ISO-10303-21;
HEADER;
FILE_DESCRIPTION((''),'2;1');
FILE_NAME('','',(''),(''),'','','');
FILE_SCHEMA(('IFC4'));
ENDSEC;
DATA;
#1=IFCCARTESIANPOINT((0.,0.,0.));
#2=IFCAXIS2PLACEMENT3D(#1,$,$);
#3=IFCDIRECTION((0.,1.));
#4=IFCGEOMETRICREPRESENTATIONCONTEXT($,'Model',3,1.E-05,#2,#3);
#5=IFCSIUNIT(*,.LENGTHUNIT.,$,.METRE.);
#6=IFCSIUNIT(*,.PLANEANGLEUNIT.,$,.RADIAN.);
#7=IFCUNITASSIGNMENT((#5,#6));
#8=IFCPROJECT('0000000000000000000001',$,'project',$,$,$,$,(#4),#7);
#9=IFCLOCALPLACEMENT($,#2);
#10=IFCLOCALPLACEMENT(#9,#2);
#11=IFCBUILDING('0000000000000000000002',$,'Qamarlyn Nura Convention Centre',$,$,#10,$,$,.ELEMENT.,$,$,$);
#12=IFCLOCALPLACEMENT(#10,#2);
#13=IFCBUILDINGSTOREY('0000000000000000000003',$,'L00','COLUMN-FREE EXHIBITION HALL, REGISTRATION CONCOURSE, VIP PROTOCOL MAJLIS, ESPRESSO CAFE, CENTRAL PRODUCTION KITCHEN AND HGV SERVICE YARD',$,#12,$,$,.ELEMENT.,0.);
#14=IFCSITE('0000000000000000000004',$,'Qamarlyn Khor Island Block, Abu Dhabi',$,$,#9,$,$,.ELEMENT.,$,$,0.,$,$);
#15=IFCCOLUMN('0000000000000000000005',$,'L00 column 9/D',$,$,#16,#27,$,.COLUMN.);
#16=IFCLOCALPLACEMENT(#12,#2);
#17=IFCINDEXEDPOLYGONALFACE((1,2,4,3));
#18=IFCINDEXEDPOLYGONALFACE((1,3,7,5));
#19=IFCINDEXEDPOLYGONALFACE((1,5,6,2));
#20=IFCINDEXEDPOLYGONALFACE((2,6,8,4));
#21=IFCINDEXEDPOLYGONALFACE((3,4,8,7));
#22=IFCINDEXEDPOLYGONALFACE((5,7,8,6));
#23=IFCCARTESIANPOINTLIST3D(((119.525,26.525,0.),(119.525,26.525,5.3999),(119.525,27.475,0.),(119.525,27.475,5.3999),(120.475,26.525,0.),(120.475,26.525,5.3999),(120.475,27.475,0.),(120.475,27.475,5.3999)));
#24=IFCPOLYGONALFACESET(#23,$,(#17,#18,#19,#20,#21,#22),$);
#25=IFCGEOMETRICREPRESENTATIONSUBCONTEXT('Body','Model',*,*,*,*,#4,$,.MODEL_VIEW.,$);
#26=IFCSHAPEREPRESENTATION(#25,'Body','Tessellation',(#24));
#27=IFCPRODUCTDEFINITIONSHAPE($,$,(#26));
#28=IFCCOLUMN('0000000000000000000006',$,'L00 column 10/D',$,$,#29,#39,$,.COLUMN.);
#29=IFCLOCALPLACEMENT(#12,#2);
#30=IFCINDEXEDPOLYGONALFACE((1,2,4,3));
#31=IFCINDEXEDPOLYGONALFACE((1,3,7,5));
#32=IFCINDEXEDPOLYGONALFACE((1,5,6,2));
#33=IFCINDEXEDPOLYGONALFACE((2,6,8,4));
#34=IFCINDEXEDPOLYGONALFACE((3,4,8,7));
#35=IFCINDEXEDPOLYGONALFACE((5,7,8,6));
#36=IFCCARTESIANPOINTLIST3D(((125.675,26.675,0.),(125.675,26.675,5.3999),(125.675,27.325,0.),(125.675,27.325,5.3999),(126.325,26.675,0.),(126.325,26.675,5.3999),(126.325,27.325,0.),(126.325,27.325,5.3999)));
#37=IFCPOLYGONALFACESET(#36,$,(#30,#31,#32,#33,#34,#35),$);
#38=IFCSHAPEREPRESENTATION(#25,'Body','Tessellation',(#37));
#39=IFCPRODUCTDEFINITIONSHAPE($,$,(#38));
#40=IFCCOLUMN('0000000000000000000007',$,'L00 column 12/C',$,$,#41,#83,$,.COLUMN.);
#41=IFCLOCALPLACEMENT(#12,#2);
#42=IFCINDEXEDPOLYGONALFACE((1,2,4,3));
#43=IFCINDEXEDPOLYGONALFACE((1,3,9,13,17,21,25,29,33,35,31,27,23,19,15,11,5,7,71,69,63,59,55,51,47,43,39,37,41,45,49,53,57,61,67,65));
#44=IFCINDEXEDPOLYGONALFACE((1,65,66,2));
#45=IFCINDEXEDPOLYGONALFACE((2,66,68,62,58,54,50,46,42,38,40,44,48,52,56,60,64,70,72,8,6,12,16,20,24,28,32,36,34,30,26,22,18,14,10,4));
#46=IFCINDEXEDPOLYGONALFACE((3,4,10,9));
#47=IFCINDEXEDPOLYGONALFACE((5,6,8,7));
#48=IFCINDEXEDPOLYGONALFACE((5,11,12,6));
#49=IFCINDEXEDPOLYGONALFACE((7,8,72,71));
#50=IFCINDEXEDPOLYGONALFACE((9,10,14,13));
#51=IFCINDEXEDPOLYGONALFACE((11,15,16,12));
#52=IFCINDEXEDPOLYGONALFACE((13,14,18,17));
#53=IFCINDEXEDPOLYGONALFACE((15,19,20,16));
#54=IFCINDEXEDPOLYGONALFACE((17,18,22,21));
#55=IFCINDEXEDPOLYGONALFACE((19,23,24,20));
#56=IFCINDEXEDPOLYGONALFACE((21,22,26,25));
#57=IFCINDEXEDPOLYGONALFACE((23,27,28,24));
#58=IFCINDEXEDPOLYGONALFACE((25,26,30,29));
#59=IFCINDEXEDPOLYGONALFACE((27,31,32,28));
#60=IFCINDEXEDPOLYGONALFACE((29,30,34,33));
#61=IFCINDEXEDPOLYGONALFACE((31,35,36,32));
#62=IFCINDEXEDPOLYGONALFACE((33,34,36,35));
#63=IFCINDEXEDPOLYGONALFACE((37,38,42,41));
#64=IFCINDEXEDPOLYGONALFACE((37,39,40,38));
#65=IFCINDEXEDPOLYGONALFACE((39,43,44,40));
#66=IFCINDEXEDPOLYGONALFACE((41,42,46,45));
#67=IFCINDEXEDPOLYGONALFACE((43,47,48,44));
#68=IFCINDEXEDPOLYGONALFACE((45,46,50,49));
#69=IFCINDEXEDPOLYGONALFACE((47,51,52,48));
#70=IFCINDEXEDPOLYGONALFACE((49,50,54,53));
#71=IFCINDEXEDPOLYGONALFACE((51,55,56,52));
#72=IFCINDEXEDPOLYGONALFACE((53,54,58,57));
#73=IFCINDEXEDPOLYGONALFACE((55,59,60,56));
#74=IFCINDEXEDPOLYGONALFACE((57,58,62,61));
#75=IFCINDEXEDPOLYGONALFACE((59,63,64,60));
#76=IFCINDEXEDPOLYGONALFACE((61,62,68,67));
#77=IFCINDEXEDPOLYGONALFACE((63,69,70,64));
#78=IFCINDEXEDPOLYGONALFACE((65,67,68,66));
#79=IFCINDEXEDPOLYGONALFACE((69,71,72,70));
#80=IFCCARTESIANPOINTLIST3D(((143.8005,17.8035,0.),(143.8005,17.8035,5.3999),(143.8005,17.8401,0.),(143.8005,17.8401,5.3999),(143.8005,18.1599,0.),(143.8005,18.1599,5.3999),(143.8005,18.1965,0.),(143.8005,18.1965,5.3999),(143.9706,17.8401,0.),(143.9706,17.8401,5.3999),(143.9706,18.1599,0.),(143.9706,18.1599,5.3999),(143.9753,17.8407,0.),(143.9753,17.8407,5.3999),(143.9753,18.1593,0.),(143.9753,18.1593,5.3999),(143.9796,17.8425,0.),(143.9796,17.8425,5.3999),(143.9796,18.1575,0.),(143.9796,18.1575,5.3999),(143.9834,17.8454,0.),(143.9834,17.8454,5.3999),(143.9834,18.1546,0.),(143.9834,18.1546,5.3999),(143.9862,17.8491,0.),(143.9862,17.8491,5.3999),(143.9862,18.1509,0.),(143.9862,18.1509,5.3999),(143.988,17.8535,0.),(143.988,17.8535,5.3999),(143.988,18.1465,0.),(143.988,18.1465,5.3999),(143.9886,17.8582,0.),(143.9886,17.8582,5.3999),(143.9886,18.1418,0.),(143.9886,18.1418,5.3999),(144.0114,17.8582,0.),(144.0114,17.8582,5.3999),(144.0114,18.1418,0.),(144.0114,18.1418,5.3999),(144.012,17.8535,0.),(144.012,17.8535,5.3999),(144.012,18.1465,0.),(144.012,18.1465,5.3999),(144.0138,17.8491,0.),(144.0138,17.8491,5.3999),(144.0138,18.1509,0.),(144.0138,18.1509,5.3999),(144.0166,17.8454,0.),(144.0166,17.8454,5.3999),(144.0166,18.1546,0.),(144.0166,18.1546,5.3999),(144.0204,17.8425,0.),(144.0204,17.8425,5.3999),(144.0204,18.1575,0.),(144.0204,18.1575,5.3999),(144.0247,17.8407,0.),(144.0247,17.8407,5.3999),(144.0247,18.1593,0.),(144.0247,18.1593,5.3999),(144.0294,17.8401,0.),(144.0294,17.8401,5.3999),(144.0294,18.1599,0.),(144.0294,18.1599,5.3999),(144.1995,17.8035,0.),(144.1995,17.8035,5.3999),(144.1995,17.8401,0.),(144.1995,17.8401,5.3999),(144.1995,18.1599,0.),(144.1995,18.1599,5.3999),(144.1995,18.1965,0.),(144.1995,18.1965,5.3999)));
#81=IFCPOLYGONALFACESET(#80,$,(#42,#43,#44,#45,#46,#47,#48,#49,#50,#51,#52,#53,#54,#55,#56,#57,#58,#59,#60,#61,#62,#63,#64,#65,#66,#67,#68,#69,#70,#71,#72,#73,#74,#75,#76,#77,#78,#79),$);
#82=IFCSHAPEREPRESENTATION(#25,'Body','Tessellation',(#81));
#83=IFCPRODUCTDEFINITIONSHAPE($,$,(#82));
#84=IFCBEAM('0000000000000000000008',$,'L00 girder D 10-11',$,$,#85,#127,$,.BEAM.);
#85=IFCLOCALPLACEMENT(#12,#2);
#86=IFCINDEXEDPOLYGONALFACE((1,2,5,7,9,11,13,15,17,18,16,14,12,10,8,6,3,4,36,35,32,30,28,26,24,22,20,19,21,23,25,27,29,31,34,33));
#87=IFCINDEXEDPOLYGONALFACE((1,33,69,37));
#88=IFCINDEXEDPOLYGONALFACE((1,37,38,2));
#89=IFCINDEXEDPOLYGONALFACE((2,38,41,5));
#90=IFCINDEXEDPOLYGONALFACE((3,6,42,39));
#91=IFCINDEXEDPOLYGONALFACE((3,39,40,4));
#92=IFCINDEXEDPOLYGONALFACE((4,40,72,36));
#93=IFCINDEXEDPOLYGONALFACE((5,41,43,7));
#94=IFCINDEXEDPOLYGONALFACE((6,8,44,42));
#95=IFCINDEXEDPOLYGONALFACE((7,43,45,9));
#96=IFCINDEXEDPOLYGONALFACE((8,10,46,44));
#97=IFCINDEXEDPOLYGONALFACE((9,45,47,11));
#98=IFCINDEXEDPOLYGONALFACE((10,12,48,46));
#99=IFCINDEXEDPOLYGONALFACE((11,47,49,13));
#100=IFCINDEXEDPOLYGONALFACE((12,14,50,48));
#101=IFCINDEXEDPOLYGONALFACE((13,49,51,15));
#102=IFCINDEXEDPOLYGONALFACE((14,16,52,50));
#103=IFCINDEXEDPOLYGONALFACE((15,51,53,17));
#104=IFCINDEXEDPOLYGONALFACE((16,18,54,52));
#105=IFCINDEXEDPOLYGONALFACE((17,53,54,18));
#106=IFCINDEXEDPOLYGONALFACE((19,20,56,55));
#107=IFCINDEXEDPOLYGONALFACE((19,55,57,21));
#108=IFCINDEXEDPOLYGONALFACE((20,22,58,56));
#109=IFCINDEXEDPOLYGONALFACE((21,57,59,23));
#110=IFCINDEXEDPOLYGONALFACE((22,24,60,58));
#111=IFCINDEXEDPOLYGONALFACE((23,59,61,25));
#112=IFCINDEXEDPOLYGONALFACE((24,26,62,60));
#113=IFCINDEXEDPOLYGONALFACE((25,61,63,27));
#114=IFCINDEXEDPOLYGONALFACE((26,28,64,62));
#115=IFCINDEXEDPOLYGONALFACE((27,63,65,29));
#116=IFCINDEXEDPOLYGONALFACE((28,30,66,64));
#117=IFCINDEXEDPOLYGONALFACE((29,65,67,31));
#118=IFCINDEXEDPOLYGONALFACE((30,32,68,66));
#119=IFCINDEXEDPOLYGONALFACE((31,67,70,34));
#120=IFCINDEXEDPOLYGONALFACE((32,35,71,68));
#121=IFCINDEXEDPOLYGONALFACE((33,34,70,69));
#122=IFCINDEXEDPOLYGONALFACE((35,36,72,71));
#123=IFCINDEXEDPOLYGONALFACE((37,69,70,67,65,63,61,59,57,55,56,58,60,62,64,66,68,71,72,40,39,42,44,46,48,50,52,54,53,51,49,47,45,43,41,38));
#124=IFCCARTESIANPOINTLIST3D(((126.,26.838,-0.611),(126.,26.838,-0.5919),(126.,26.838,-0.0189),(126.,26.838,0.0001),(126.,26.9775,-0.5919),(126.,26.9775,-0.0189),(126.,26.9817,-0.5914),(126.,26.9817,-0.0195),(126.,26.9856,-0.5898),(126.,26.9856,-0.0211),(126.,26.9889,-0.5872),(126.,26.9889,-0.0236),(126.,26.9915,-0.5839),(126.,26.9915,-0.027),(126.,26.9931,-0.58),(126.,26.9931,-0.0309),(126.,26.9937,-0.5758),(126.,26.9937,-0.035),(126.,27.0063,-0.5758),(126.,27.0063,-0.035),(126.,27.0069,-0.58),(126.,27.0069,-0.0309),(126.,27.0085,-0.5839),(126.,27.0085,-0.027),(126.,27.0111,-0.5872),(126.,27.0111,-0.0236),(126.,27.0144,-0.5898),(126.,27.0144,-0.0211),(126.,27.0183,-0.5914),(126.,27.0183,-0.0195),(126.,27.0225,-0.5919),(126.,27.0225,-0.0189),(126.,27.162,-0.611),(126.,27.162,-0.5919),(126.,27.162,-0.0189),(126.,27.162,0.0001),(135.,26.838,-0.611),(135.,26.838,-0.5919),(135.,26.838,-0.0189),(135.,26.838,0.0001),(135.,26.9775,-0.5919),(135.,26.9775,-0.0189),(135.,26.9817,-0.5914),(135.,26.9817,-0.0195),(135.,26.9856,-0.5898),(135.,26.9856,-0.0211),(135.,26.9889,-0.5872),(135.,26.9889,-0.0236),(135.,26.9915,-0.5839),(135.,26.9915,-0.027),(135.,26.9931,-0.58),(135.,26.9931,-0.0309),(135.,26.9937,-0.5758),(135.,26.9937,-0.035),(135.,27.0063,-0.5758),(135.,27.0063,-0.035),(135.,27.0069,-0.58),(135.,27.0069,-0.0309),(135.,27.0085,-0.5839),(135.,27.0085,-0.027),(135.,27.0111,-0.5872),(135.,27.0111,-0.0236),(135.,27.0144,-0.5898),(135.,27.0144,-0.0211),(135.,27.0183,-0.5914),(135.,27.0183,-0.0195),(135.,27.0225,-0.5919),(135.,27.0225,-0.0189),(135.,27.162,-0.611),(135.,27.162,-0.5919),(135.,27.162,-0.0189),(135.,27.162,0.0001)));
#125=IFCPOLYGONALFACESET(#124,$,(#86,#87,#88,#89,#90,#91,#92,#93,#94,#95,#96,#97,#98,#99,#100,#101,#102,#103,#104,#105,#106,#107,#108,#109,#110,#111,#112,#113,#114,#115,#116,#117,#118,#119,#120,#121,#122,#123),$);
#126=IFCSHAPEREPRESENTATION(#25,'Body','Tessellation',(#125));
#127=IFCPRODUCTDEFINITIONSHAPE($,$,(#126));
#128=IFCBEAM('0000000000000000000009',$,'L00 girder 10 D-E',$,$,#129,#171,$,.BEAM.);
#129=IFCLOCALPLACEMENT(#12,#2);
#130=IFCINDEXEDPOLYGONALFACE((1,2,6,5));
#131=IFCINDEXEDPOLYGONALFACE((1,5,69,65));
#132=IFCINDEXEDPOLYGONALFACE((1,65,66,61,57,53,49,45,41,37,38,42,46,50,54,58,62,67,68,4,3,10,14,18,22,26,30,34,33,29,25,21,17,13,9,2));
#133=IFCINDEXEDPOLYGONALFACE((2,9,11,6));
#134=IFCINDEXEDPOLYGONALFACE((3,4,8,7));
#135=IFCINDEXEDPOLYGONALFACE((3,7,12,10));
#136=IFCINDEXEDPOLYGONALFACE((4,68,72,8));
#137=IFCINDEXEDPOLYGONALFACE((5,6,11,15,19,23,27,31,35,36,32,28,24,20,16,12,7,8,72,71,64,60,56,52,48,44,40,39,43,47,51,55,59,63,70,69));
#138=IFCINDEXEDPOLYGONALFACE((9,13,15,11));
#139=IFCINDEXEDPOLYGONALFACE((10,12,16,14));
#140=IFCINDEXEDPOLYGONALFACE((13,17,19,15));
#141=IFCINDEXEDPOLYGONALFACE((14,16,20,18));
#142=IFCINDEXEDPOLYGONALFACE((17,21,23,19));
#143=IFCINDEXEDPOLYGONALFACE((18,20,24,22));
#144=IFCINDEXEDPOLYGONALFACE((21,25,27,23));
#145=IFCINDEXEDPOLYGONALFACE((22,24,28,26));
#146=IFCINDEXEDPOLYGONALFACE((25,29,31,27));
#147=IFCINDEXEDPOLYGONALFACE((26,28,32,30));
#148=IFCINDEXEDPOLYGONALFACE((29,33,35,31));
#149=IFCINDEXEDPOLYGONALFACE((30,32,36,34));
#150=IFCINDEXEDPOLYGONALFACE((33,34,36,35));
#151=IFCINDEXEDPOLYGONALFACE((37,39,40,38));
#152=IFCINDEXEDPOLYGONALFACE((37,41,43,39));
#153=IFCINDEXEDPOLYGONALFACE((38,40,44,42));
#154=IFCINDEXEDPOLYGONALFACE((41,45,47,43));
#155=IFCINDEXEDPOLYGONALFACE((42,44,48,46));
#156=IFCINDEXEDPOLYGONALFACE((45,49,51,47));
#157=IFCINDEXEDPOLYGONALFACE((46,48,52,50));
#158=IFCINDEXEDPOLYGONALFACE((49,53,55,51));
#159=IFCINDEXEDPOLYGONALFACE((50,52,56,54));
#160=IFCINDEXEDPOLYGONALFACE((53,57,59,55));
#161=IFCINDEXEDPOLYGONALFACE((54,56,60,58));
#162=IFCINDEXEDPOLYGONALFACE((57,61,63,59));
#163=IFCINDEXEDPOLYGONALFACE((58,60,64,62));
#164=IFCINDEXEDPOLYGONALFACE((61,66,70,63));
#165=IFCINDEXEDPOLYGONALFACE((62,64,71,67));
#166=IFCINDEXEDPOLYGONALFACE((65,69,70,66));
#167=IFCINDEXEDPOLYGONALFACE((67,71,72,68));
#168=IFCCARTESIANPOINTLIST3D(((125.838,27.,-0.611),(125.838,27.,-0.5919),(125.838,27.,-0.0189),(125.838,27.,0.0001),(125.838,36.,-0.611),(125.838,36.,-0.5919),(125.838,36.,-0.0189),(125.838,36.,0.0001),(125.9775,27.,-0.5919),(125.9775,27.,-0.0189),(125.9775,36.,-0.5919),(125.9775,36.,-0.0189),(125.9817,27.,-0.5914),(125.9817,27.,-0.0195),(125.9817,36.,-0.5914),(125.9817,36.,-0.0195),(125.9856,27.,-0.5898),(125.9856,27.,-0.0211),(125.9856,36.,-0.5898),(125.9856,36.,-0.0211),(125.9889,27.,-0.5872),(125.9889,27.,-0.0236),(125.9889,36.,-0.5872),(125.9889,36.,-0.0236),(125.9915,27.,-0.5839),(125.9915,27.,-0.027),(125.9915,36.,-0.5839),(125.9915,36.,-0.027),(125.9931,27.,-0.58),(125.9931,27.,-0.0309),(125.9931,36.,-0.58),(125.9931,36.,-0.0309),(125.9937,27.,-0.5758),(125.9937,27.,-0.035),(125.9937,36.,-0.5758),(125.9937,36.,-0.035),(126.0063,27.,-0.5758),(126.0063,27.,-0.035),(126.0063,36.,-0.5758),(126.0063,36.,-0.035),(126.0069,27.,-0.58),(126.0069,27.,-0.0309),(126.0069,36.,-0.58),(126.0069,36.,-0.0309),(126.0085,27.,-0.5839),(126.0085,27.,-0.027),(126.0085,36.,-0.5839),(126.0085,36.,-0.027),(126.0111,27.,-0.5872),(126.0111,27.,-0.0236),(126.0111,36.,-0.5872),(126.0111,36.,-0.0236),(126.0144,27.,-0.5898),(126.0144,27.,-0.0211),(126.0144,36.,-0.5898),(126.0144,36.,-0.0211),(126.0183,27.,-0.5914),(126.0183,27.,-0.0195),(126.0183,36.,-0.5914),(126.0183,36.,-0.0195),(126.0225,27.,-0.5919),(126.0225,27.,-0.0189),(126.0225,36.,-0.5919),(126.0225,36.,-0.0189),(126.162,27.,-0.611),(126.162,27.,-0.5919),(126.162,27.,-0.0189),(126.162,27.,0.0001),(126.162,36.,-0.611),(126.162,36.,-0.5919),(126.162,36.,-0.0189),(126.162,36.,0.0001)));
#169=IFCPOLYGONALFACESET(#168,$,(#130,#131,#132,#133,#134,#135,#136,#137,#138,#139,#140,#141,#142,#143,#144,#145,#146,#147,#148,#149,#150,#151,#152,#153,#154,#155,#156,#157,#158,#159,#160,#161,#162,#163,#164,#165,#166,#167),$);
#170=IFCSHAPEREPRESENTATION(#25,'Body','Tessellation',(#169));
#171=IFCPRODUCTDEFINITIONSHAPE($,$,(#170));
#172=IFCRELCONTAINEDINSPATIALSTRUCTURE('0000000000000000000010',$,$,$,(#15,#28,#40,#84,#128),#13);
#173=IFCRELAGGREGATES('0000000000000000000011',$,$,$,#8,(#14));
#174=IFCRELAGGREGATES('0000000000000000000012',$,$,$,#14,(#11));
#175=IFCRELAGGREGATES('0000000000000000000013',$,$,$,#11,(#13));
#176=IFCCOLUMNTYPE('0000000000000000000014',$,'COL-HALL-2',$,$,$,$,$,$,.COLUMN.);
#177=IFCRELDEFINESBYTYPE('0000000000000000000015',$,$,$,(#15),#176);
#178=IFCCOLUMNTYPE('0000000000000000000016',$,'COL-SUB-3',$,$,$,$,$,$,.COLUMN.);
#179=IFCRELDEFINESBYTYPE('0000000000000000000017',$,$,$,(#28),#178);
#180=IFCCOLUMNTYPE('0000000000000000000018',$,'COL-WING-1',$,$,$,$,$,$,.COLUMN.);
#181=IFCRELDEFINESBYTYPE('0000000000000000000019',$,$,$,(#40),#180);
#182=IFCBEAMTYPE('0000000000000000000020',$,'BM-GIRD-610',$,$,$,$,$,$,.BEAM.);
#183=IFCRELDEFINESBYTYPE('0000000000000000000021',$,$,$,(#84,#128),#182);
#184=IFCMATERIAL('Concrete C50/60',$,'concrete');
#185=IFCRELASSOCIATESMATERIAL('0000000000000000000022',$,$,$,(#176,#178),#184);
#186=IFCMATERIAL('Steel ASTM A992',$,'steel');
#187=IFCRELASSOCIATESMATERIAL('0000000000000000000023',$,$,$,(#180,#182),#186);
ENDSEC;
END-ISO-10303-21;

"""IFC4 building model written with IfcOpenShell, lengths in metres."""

from ifc_helpers import new_model, si_unit, direction, frame, origin, origin_2d, place, context, subcontext, project, spatial, rectangle, i_section, extrude, material, material_profile, profile_set, type_object, element, save


model = new_model("IFC4")

# Units and contexts
model_context = context("Model", 3, precision=1e-05, world=origin(), true_north=direction((0.0, 1.0)))
body_context = subcontext(model_context, "Body", "Model", "MODEL_VIEW")
ifc_project = project(units=[si_unit("LENGTHUNIT", "METRE"), si_unit("PLANEANGLEUNIT", "RADIAN")], contexts=[model_context])

# Site, building, storey
site_placement = place(None, origin())
site = spatial("IfcSite", under=ifc_project, at=site_placement, Name="Qamarlyn Khor Island Block, Abu Dhabi", CompositionType="ELEMENT", RefElevation=0.0)
building_placement = place(site_placement, origin())
building = spatial("IfcBuilding", under=site, at=building_placement, Name="Qamarlyn Nura Convention Centre", CompositionType="ELEMENT")
storey_placement = place(building_placement, origin())
storey = spatial("IfcBuildingStorey", under=building, at=storey_placement, Name="L00", Description="COLUMN-FREE EXHIBITION HALL, REGISTRATION CONCOURSE, VIP PROTOCOL MAJLIS, ESPRESSO CAFE, CENTRAL PRODUCTION KITCHEN AND HGV SERVICE YARD", CompositionType="ELEMENT", Elevation=0.0)

# Columns
ifc_material_1 = material(Name="Concrete C50/60", Category="concrete")
ifc_material_profile_1 = material_profile(ifc_material_1, rectangle(XDim=0.95, YDim=0.95, at=origin_2d()), Name="RC 950x950")
ifc_profile_set_1 = profile_set([ifc_material_profile_1], Name="Concrete C50/60")
column_type_1 = type_object("IfcColumnType", Name="COL-HALL-2", PredefinedType="COLUMN", material=ifc_profile_set_1)
column_1_placement = place(storey_placement, frame((120.0, 27.0, 0.0), z_axis=(0.0, 0.0, 1.0), x_axis=(1.0, 0.0, 0.0)))
element("IfcColumn", 1, at=column_1_placement, inside=storey, type_object=column_type_1, Name="L00 column 9/D", PredefinedType="COLUMN", context=body_context, shape_type="SweptSolid", body=[
    extrude(rectangle(XDim=0.95, YDim=0.95, at=origin_2d()), origin(), (0.0, 0.0, 1.0), 5.3999),
])
ifc_material_profile_2 = material_profile(ifc_material_1, rectangle(XDim=0.6499, YDim=0.6499, at=origin_2d()), Name="RC 650x650")
ifc_profile_set_2 = profile_set([ifc_material_profile_2], Name="Concrete C50/60")
column_type_2 = type_object("IfcColumnType", Name="COL-SUB-3", PredefinedType="COLUMN", material=ifc_profile_set_2)
column_2_placement = place(storey_placement, frame((126.0, 27.0, 0.0), z_axis=(0.0, 0.0, 1.0), x_axis=(1.0, 0.0, 0.0)))
element("IfcColumn", 2, at=column_2_placement, inside=storey, type_object=column_type_2, Name="L00 column 10/D", PredefinedType="COLUMN", context=body_context, shape_type="SweptSolid", body=[
    extrude(rectangle(XDim=0.6499, YDim=0.6499, at=origin_2d()), origin(), (0.0, 0.0, 1.0), 5.3999),
])
ifc_material_2 = material(Name="Steel ASTM A992", Category="steel")
ifc_material_profile_3 = material_profile(ifc_material_2, i_section(OverallWidth=0.3989, OverallDepth=0.3931, WebThickness=0.0227, FlangeThickness=0.0366, FilletRadius=0.0181, at=origin_2d()), Name="W360X287")
ifc_profile_set_3 = profile_set([ifc_material_profile_3], Name="Steel ASTM A992")
column_type_3 = type_object("IfcColumnType", Name="COL-WING-1", PredefinedType="COLUMN", material=ifc_profile_set_3)
column_3_placement = place(storey_placement, frame((144.0, 18.0, 0.0), z_axis=(0.0, 0.0, 1.0), x_axis=(1.0, 0.0, 0.0)))
element("IfcColumn", 3, at=column_3_placement, inside=storey, type_object=column_type_3, Name="L00 column 12/C", PredefinedType="COLUMN", context=body_context, shape_type="SweptSolid", body=[
    extrude(i_section(OverallWidth=0.3989, OverallDepth=0.3931, WebThickness=0.0227, FlangeThickness=0.0366, FilletRadius=0.0181, at=origin_2d()), origin(), (0.0, 0.0, 1.0), 5.3999),
])

# Beams
ifc_material_profile_4 = material_profile(ifc_material_2, i_section(OverallWidth=0.324, OverallDepth=0.6111, WebThickness=0.0127, FlangeThickness=0.019, FilletRadius=0.0161, at=origin_2d()), Name="W610X155")
ifc_profile_set_4 = profile_set([ifc_material_profile_4], Name="Steel ASTM A992")
beam_type_1 = type_object("IfcBeamType", Name="BM-GIRD-610", PredefinedType="BEAM", material=ifc_profile_set_4)
for number, where, z_axis, x_axis, name in (
    (4, (126.0, 27.0, -0.3054), (1.0, 0.0, 0.0), (0.0, 1.0, 0.0), "L00 girder D 10-11"),
    (5, (126.0, 27.0, -0.3054), (0.0, 1.0, 0.0), (-1.0, 0.0, 0.0), "L00 girder 10 D-E"),
):
    element("IfcBeam", number, at=place(storey_placement, frame(where, z_axis=z_axis, x_axis=x_axis)), inside=storey, type_object=beam_type_1, Name=name, PredefinedType="BEAM", context=body_context, shape_type="SweptSolid", body=[
        extrude(i_section(OverallWidth=0.324, OverallDepth=0.6111, WebThickness=0.0127, FlangeThickness=0.019, FilletRadius=0.0161, at=origin_2d()), origin(), (0.0, 0.0, 1.0), 9.0),
    ])

save(model, "model.ifc")
